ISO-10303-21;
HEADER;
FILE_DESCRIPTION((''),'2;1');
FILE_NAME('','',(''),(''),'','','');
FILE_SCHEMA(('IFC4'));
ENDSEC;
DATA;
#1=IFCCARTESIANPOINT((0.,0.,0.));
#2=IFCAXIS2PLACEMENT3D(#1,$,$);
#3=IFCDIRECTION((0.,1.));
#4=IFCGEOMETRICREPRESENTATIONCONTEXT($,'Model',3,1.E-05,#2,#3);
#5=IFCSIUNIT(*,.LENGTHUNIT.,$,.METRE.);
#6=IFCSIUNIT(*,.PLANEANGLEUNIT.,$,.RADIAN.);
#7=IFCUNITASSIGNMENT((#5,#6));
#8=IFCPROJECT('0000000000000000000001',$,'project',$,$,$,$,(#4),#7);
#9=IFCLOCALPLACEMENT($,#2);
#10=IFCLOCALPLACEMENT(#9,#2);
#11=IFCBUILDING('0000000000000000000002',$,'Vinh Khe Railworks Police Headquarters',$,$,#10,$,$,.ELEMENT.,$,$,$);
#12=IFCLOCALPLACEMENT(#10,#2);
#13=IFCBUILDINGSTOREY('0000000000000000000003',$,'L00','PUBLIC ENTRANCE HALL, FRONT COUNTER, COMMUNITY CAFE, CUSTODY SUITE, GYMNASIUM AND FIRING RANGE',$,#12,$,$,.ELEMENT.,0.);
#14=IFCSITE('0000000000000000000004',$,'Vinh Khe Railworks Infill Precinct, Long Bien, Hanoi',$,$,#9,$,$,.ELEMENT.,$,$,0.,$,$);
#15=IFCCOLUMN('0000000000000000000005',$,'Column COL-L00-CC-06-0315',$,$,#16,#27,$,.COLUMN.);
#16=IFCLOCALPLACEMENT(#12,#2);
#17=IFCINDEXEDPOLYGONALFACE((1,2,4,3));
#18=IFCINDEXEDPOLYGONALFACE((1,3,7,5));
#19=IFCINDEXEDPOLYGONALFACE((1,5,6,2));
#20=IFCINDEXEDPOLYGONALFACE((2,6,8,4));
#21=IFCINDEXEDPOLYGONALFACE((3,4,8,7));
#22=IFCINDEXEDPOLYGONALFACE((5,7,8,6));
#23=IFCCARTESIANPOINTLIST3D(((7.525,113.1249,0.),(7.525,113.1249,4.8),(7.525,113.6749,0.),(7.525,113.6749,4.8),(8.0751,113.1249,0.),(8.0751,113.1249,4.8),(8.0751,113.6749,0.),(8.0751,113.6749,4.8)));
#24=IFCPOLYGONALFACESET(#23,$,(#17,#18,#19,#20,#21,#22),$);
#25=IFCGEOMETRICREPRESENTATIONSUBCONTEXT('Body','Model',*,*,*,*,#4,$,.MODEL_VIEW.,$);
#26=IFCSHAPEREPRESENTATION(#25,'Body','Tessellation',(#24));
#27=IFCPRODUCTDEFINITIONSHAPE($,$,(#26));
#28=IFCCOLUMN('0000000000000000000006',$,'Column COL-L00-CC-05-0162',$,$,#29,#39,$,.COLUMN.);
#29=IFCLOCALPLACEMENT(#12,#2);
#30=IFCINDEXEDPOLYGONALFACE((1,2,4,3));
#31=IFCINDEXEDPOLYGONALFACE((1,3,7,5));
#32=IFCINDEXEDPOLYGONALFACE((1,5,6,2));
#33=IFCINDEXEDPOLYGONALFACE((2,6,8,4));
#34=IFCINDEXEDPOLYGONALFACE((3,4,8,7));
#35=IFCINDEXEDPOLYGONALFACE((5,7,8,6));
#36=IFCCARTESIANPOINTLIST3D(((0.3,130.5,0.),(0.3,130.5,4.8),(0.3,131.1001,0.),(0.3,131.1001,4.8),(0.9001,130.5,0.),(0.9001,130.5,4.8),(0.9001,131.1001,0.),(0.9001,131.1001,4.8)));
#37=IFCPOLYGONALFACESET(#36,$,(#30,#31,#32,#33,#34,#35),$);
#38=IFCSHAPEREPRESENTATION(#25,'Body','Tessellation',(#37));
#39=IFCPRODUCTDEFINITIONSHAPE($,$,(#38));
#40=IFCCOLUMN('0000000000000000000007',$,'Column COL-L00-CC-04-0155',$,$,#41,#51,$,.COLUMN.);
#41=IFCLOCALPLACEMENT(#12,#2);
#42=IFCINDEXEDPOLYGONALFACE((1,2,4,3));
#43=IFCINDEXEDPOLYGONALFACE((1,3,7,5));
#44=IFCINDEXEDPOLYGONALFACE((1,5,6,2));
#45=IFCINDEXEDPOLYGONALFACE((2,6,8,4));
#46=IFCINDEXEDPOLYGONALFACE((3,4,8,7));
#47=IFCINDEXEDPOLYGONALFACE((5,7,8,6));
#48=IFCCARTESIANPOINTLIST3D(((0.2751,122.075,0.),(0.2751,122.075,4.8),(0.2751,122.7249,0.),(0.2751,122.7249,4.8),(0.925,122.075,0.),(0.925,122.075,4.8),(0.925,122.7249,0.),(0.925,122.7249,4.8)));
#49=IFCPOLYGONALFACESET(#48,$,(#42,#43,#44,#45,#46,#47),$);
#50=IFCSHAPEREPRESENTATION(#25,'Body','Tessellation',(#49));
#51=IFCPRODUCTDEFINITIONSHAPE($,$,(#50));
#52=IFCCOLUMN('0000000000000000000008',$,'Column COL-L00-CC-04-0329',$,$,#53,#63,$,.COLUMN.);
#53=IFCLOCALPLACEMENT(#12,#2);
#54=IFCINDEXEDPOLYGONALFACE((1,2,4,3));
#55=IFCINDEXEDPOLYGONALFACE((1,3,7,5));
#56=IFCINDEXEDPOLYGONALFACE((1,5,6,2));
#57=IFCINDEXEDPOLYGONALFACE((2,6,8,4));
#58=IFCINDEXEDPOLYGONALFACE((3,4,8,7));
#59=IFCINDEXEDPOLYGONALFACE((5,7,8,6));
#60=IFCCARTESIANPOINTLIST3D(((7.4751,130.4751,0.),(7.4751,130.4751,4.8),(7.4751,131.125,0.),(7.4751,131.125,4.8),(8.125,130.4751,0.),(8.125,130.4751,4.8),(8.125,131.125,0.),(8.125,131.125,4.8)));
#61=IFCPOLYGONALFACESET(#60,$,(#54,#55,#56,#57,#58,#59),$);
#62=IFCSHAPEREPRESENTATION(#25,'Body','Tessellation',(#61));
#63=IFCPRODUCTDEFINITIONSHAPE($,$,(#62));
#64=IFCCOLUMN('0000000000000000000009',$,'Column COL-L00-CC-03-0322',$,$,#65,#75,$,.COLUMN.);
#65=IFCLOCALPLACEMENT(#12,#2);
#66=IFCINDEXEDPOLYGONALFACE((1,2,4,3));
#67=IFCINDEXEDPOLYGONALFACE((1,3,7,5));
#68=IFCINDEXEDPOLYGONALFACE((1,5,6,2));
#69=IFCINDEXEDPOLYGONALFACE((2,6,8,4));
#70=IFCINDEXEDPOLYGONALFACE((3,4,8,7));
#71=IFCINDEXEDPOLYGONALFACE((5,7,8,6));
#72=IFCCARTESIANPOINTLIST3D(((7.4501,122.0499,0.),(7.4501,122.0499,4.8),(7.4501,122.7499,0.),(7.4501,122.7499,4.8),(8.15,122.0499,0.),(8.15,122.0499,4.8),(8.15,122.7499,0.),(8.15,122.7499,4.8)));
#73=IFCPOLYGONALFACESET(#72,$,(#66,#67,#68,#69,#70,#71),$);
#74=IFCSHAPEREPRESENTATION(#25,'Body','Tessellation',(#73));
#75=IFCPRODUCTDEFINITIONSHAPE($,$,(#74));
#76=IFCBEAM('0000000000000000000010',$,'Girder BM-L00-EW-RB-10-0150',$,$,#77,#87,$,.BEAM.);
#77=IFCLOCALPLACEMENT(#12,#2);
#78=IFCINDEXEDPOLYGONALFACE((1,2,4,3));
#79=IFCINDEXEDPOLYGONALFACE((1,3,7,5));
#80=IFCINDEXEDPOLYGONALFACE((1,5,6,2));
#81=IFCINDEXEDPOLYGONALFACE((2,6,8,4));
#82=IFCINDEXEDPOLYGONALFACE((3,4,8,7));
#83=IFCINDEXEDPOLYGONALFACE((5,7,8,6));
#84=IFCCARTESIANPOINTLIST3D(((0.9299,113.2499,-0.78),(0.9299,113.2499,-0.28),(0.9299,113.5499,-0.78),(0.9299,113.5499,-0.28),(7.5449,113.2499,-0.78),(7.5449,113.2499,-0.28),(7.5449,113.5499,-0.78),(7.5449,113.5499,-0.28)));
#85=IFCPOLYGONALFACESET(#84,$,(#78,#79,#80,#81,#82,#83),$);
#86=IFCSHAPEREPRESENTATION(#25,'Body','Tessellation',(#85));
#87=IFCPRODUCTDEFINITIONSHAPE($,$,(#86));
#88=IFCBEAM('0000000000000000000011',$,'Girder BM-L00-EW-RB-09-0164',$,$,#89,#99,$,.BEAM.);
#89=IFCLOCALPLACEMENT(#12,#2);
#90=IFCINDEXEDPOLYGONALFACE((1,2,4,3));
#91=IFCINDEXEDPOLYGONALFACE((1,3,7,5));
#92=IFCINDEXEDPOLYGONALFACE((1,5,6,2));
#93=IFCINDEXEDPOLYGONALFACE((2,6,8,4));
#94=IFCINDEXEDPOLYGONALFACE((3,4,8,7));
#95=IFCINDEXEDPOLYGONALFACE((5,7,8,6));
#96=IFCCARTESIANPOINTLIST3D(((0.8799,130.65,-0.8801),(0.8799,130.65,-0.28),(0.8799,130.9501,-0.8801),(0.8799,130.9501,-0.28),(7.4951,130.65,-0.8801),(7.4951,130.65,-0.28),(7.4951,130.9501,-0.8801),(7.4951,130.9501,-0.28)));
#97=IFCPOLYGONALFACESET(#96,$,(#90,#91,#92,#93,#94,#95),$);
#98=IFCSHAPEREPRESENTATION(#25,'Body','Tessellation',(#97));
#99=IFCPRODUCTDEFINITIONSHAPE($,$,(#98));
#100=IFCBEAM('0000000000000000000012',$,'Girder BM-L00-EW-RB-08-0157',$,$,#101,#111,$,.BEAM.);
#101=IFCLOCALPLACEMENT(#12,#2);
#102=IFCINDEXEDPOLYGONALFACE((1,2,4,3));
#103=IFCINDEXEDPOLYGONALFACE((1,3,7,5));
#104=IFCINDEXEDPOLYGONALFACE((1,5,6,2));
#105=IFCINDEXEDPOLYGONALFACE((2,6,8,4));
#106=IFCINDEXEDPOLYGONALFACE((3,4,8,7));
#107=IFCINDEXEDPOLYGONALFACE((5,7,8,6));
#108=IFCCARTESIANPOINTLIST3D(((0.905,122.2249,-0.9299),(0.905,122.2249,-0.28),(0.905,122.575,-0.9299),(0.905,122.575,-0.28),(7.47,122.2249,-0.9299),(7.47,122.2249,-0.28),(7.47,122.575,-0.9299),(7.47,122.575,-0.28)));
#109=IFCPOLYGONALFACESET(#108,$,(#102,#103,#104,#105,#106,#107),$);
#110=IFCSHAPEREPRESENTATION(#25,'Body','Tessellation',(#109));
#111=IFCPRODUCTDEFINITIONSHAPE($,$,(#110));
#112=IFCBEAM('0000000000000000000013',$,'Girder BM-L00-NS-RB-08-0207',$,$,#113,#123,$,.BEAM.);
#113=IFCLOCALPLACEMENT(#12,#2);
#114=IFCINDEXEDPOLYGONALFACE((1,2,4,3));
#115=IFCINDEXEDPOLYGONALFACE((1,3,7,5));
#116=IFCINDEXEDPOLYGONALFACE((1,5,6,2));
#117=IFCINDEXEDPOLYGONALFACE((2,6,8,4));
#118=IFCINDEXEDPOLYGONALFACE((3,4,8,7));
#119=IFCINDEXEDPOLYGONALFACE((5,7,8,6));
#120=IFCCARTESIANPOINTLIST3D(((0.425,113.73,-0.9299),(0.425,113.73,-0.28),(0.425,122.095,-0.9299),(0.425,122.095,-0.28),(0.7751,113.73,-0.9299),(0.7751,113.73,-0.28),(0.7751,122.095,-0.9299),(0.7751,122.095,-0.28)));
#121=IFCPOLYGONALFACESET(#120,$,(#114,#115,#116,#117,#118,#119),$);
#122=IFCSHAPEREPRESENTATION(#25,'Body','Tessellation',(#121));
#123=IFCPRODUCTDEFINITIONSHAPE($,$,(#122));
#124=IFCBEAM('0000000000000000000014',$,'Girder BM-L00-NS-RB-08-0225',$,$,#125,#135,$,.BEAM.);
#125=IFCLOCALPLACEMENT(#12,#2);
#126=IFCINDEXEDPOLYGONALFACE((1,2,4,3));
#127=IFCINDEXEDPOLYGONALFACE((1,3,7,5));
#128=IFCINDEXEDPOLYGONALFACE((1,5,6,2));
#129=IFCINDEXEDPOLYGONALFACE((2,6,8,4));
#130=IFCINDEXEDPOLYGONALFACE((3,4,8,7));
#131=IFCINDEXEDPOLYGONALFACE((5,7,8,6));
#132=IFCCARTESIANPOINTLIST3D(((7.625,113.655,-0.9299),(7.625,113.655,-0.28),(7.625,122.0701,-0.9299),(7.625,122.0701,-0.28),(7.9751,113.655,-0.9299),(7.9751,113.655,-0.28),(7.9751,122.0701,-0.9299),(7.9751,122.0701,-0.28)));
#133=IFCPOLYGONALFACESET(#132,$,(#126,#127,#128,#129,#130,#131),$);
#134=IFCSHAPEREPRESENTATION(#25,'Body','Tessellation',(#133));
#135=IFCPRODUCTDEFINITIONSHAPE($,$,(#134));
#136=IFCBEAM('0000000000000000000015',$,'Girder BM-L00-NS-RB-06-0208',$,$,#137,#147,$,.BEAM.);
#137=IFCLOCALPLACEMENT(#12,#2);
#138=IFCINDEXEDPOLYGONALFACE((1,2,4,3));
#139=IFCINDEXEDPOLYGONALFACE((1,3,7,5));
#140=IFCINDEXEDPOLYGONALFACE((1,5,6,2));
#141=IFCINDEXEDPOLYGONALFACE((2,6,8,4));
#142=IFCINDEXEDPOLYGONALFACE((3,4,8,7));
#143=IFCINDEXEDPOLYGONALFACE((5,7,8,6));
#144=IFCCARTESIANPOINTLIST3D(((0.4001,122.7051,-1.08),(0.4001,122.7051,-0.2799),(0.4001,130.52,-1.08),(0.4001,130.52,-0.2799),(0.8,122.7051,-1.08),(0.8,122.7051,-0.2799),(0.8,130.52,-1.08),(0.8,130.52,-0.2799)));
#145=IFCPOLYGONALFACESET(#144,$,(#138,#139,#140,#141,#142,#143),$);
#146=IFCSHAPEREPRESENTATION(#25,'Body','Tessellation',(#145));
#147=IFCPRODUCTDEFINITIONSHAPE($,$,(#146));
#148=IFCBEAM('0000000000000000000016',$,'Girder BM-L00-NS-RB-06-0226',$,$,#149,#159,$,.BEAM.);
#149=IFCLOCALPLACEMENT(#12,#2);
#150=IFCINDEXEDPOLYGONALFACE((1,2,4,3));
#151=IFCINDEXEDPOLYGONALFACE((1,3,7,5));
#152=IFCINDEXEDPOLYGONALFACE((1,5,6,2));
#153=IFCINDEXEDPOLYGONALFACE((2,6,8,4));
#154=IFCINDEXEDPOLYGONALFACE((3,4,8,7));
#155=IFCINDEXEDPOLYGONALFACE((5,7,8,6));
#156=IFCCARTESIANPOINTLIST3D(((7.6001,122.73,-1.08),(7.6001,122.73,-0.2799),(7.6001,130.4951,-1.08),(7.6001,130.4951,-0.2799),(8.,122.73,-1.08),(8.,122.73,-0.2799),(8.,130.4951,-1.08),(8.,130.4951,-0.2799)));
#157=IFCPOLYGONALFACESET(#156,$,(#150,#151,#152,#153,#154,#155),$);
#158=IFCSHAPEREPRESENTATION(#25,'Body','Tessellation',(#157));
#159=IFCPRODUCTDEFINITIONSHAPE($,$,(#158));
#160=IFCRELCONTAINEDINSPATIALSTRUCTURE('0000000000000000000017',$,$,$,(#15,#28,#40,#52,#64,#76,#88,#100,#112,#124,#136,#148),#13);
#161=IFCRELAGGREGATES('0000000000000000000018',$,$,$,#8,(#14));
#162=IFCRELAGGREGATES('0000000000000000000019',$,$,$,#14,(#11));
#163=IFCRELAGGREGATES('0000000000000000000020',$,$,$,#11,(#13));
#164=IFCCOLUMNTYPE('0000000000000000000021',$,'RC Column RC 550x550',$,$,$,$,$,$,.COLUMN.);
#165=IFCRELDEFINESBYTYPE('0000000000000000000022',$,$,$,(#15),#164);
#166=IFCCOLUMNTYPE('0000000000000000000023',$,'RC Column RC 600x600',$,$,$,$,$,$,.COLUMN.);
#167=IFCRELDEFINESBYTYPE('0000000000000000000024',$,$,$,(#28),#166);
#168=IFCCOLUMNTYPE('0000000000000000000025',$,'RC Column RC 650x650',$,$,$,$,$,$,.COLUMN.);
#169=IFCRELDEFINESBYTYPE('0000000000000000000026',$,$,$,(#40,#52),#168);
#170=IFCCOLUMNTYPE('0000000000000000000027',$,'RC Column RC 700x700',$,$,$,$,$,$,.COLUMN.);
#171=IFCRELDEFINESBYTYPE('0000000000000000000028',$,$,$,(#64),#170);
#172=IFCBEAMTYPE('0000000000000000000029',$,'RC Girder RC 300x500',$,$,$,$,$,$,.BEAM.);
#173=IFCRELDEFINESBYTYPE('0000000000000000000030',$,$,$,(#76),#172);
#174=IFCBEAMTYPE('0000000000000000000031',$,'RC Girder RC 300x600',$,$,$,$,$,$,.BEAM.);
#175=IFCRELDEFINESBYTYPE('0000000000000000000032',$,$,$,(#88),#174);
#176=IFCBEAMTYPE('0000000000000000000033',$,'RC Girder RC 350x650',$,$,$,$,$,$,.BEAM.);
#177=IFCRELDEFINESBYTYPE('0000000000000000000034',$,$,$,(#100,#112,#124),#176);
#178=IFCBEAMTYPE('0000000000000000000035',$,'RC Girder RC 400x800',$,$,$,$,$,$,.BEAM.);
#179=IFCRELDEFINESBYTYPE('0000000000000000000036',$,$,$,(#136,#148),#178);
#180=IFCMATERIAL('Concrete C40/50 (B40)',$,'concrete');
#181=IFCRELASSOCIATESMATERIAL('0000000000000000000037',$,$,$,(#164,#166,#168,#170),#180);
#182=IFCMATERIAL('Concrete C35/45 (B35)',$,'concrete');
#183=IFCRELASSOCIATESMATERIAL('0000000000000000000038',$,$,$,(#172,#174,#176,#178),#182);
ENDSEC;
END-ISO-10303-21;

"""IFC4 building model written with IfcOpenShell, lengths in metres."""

from ifc_helpers import new_model, si_unit, direction, frame, origin, origin_2d, place, context, subcontext, project, spatial, rectangle, extrude, material, material_profile, profile_set, type_object, element, save


model = new_model("IFC4")

# Units and contexts
model_context = context("Model", 3, precision=1e-05, world=origin(), true_north=direction((0.0, 1.0)))
body_context = subcontext(model_context, "Body", "Model", "MODEL_VIEW")
ifc_project = project(units=[si_unit("LENGTHUNIT", "METRE"), si_unit("PLANEANGLEUNIT", "RADIAN")], contexts=[model_context])

# Site, building, storey
site_placement = place(None, origin())
site = spatial("IfcSite", under=ifc_project, at=site_placement, Name="Vinh Khe Railworks Infill Precinct, Long Bien, Hanoi", CompositionType="ELEMENT", RefElevation=0.0)
building_placement = place(site_placement, origin())
building = spatial("IfcBuilding", under=site, at=building_placement, Name="Vinh Khe Railworks Police Headquarters", CompositionType="ELEMENT")
storey_placement = place(building_placement, origin())
storey = spatial("IfcBuildingStorey", under=building, at=storey_placement, Name="L00", Description="PUBLIC ENTRANCE HALL, FRONT COUNTER, COMMUNITY CAFE, CUSTODY SUITE, GYMNASIUM AND FIRING RANGE", CompositionType="ELEMENT", Elevation=0.0)

# Columns
ifc_material_1 = material(Name="Concrete C40/50 (B40)", Category="concrete")
ifc_material_profile_1 = material_profile(ifc_material_1, rectangle(XDim=0.55, YDim=0.55, at=origin_2d()), Name="RC 550x550")
ifc_profile_set_1 = profile_set([ifc_material_profile_1], Name="Concrete C40/50 (B40)")
column_type_1 = type_object("IfcColumnType", Name="RC Column RC 550x550", PredefinedType="COLUMN", material=ifc_profile_set_1)
column_1_placement = place(storey_placement, frame((7.8, 113.3999, 0.0), z_axis=(0.0, 0.0, 1.0), x_axis=(1.0, 0.0, 0.0)))
element("IfcColumn", 1, at=column_1_placement, inside=storey, type_object=column_type_1, Name="Column COL-L00-CC-06-0315", PredefinedType="COLUMN", context=body_context, shape_type="SweptSolid", body=[
    extrude(rectangle(XDim=0.55, YDim=0.55, at=origin_2d()), origin(), (0.0, 0.0, 1.0), 4.8),
])
ifc_material_profile_2 = material_profile(ifc_material_1, rectangle(XDim=0.6001, YDim=0.6001, at=origin_2d()), Name="RC 600x600")
ifc_profile_set_2 = profile_set([ifc_material_profile_2], Name="Concrete C40/50 (B40)")
column_type_2 = type_object("IfcColumnType", Name="RC Column RC 600x600", PredefinedType="COLUMN", material=ifc_profile_set_2)
column_2_placement = place(storey_placement, frame((0.6001, 130.8, 0.0), z_axis=(0.0, 0.0, 1.0), x_axis=(1.0, 0.0, 0.0)))
element("IfcColumn", 2, at=column_2_placement, inside=storey, type_object=column_type_2, Name="Column COL-L00-CC-05-0162", PredefinedType="COLUMN", context=body_context, shape_type="SweptSolid", body=[
    extrude(rectangle(XDim=0.6001, YDim=0.6001, at=origin_2d()), origin(), (0.0, 0.0, 1.0), 4.8),
])
ifc_material_profile_3 = material_profile(ifc_material_1, rectangle(XDim=0.6499, YDim=0.6499, at=origin_2d()), Name="RC 650x650")
ifc_profile_set_3 = profile_set([ifc_material_profile_3], Name="Concrete C40/50 (B40)")
column_type_3 = type_object("IfcColumnType", Name="RC Column RC 650x650", PredefinedType="COLUMN", material=ifc_profile_set_3)
for number, where, z_axis, x_axis, name in (
    (3, (0.6001, 122.3999, 0.0), (0.0, 0.0, 1.0), (1.0, 0.0, 0.0), "Column COL-L00-CC-04-0155"),
    (4, (7.8, 130.8, 0.0), (0.0, 0.0, 1.0), (1.0, 0.0, 0.0), "Column COL-L00-CC-04-0329"),
):
    element("IfcColumn", number, at=place(storey_placement, frame(where, z_axis=z_axis, x_axis=x_axis)), inside=storey, type_object=column_type_3, Name=name, PredefinedType="COLUMN", context=body_context, shape_type="SweptSolid", body=[
        extrude(rectangle(XDim=0.6499, YDim=0.6499, at=origin_2d()), origin(), (0.0, 0.0, 1.0), 4.8),
    ])
ifc_material_profile_4 = material_profile(ifc_material_1, rectangle(XDim=0.7, YDim=0.7, at=origin_2d()), Name="RC 700x700")
ifc_profile_set_4 = profile_set([ifc_material_profile_4], Name="Concrete C40/50 (B40)")
column_type_4 = type_object("IfcColumnType", Name="RC Column RC 700x700", PredefinedType="COLUMN", material=ifc_profile_set_4)
column_3_placement = place(storey_placement, frame((7.8, 122.3999, 0.0), z_axis=(0.0, 0.0, 1.0), x_axis=(1.0, 0.0, 0.0)))
element("IfcColumn", 5, at=column_3_placement, inside=storey, type_object=column_type_4, Name="Column COL-L00-CC-03-0322", PredefinedType="COLUMN", context=body_context, shape_type="SweptSolid", body=[
    extrude(rectangle(XDim=0.7, YDim=0.7, at=origin_2d()), origin(), (0.0, 0.0, 1.0), 4.8),
])

# Beams
ifc_material_2 = material(Name="Concrete C35/45 (B35)", Category="concrete")
ifc_material_profile_5 = material_profile(ifc_material_2, rectangle(XDim=0.3, YDim=0.5, at=origin_2d()), Name="RC 300x500")
ifc_profile_set_5 = profile_set([ifc_material_profile_5], Name="Concrete C35/45 (B35)")
beam_type_1 = type_object("IfcBeamType", Name="RC Girder RC 300x500", PredefinedType="BEAM", material=ifc_profile_set_5)
beam_1_placement = place(storey_placement, frame((0.9299, 113.3999, -0.53), z_axis=(1.0, 0.0, 0.0), x_axis=(0.0, 1.0, 0.0)))
element("IfcBeam", 6, at=beam_1_placement, inside=storey, type_object=beam_type_1, Name="Girder BM-L00-EW-RB-10-0150", PredefinedType="BEAM", context=body_context, shape_type="SweptSolid", body=[
    extrude(rectangle(XDim=0.3, YDim=0.5, at=origin_2d()), origin(), (0.0, 0.0, 1.0), 6.615),
])
ifc_material_profile_6 = material_profile(ifc_material_2, rectangle(XDim=0.3, YDim=0.6001, at=origin_2d()), Name="RC 300x600")
ifc_profile_set_6 = profile_set([ifc_material_profile_6], Name="Concrete C35/45 (B35)")
beam_type_2 = type_object("IfcBeamType", Name="RC Girder RC 300x600", PredefinedType="BEAM", material=ifc_profile_set_6)
beam_2_placement = place(storey_placement, frame((0.8799, 130.8, -0.5801), z_axis=(1.0, 0.0, 0.0), x_axis=(0.0, 1.0, 0.0)))
element("IfcBeam", 7, at=beam_2_placement, inside=storey, type_object=beam_type_2, Name="Girder BM-L00-EW-RB-09-0164", PredefinedType="BEAM", context=body_context, shape_type="SweptSolid", body=[
    extrude(rectangle(XDim=0.3, YDim=0.6001, at=origin_2d()), origin(), (0.0, 0.0, 1.0), 6.6152),
])
ifc_material_profile_7 = material_profile(ifc_material_2, rectangle(XDim=0.3501, YDim=0.6499, at=origin_2d()), Name="RC 350x650")
ifc_profile_set_7 = profile_set([ifc_material_profile_7], Name="Concrete C35/45 (B35)")
beam_type_3 = type_object("IfcBeamType", Name="RC Girder RC 350x650", PredefinedType="BEAM", material=ifc_profile_set_7)
beam_3_placement = place(storey_placement, frame((0.905, 122.3999, -0.605), z_axis=(1.0, 0.0, 0.0), x_axis=(0.0, 1.0, 0.0)))
element("IfcBeam", 8, at=beam_3_placement, inside=storey, type_object=beam_type_3, Name="Girder BM-L00-EW-RB-08-0157", PredefinedType="BEAM", context=body_context, shape_type="SweptSolid", body=[
    extrude(rectangle(XDim=0.3501, YDim=0.6499, at=origin_2d()), origin(), (0.0, 0.0, 1.0), 6.5649),
])
beam_4_placement = place(storey_placement, frame((0.6001, 113.73, -0.605), z_axis=(0.0, 1.0, 0.0), x_axis=(-1.0, 0.0, 0.0)))
element("IfcBeam", 9, at=beam_4_placement, inside=storey, type_object=beam_type_3, Name="Girder BM-L00-NS-RB-08-0207", PredefinedType="BEAM", context=body_context, shape_type="SweptSolid", body=[
    extrude(rectangle(XDim=0.3501, YDim=0.6499, at=origin_2d()), origin(), (0.0, 0.0, 1.0), 8.365),
])
beam_5_placement = place(storey_placement, frame((7.8, 113.655, -0.605), z_axis=(0.0, 1.0, 0.0), x_axis=(-1.0, 0.0, 0.0)))
element("IfcBeam", 10, at=beam_5_placement, inside=storey, type_object=beam_type_3, Name="Girder BM-L00-NS-RB-08-0225", PredefinedType="BEAM", context=body_context, shape_type="SweptSolid", body=[
    extrude(rectangle(XDim=0.3501, YDim=0.6499, at=origin_2d()), origin(), (0.0, 0.0, 1.0), 8.415),
])
ifc_material_profile_8 = material_profile(ifc_material_2, rectangle(XDim=0.3999, YDim=0.8, at=origin_2d()), Name="RC 400x800")
ifc_profile_set_8 = profile_set([ifc_material_profile_8], Name="Concrete C35/45 (B35)")
beam_type_4 = type_object("IfcBeamType", Name="RC Girder RC 400x800", PredefinedType="BEAM", material=ifc_profile_set_8)
beam_6_placement = place(storey_placement, frame((0.6001, 122.7051, -0.6799), z_axis=(0.0, 1.0, 0.0), x_axis=(-1.0, 0.0, 0.0)))
element("IfcBeam", 11, at=beam_6_placement, inside=storey, type_object=beam_type_4, Name="Girder BM-L00-NS-RB-06-0208", PredefinedType="BEAM", context=body_context, shape_type="SweptSolid", body=[
    extrude(rectangle(XDim=0.3999, YDim=0.8, at=origin_2d()), origin(), (0.0, 0.0, 1.0), 7.8149),
])
beam_7_placement = place(storey_placement, frame((7.8, 122.73, -0.6799), z_axis=(0.0, 1.0, 0.0), x_axis=(-1.0, 0.0, 0.0)))
element("IfcBeam", 12, at=beam_7_placement, inside=storey, type_object=beam_type_4, Name="Girder BM-L00-NS-RB-06-0226", PredefinedType="BEAM", context=body_context, shape_type="SweptSolid", body=[
    extrude(rectangle(XDim=0.3999, YDim=0.8, at=origin_2d()), origin(), (0.0, 0.0, 1.0), 7.7651),
])

save(model, "model.ifc")
